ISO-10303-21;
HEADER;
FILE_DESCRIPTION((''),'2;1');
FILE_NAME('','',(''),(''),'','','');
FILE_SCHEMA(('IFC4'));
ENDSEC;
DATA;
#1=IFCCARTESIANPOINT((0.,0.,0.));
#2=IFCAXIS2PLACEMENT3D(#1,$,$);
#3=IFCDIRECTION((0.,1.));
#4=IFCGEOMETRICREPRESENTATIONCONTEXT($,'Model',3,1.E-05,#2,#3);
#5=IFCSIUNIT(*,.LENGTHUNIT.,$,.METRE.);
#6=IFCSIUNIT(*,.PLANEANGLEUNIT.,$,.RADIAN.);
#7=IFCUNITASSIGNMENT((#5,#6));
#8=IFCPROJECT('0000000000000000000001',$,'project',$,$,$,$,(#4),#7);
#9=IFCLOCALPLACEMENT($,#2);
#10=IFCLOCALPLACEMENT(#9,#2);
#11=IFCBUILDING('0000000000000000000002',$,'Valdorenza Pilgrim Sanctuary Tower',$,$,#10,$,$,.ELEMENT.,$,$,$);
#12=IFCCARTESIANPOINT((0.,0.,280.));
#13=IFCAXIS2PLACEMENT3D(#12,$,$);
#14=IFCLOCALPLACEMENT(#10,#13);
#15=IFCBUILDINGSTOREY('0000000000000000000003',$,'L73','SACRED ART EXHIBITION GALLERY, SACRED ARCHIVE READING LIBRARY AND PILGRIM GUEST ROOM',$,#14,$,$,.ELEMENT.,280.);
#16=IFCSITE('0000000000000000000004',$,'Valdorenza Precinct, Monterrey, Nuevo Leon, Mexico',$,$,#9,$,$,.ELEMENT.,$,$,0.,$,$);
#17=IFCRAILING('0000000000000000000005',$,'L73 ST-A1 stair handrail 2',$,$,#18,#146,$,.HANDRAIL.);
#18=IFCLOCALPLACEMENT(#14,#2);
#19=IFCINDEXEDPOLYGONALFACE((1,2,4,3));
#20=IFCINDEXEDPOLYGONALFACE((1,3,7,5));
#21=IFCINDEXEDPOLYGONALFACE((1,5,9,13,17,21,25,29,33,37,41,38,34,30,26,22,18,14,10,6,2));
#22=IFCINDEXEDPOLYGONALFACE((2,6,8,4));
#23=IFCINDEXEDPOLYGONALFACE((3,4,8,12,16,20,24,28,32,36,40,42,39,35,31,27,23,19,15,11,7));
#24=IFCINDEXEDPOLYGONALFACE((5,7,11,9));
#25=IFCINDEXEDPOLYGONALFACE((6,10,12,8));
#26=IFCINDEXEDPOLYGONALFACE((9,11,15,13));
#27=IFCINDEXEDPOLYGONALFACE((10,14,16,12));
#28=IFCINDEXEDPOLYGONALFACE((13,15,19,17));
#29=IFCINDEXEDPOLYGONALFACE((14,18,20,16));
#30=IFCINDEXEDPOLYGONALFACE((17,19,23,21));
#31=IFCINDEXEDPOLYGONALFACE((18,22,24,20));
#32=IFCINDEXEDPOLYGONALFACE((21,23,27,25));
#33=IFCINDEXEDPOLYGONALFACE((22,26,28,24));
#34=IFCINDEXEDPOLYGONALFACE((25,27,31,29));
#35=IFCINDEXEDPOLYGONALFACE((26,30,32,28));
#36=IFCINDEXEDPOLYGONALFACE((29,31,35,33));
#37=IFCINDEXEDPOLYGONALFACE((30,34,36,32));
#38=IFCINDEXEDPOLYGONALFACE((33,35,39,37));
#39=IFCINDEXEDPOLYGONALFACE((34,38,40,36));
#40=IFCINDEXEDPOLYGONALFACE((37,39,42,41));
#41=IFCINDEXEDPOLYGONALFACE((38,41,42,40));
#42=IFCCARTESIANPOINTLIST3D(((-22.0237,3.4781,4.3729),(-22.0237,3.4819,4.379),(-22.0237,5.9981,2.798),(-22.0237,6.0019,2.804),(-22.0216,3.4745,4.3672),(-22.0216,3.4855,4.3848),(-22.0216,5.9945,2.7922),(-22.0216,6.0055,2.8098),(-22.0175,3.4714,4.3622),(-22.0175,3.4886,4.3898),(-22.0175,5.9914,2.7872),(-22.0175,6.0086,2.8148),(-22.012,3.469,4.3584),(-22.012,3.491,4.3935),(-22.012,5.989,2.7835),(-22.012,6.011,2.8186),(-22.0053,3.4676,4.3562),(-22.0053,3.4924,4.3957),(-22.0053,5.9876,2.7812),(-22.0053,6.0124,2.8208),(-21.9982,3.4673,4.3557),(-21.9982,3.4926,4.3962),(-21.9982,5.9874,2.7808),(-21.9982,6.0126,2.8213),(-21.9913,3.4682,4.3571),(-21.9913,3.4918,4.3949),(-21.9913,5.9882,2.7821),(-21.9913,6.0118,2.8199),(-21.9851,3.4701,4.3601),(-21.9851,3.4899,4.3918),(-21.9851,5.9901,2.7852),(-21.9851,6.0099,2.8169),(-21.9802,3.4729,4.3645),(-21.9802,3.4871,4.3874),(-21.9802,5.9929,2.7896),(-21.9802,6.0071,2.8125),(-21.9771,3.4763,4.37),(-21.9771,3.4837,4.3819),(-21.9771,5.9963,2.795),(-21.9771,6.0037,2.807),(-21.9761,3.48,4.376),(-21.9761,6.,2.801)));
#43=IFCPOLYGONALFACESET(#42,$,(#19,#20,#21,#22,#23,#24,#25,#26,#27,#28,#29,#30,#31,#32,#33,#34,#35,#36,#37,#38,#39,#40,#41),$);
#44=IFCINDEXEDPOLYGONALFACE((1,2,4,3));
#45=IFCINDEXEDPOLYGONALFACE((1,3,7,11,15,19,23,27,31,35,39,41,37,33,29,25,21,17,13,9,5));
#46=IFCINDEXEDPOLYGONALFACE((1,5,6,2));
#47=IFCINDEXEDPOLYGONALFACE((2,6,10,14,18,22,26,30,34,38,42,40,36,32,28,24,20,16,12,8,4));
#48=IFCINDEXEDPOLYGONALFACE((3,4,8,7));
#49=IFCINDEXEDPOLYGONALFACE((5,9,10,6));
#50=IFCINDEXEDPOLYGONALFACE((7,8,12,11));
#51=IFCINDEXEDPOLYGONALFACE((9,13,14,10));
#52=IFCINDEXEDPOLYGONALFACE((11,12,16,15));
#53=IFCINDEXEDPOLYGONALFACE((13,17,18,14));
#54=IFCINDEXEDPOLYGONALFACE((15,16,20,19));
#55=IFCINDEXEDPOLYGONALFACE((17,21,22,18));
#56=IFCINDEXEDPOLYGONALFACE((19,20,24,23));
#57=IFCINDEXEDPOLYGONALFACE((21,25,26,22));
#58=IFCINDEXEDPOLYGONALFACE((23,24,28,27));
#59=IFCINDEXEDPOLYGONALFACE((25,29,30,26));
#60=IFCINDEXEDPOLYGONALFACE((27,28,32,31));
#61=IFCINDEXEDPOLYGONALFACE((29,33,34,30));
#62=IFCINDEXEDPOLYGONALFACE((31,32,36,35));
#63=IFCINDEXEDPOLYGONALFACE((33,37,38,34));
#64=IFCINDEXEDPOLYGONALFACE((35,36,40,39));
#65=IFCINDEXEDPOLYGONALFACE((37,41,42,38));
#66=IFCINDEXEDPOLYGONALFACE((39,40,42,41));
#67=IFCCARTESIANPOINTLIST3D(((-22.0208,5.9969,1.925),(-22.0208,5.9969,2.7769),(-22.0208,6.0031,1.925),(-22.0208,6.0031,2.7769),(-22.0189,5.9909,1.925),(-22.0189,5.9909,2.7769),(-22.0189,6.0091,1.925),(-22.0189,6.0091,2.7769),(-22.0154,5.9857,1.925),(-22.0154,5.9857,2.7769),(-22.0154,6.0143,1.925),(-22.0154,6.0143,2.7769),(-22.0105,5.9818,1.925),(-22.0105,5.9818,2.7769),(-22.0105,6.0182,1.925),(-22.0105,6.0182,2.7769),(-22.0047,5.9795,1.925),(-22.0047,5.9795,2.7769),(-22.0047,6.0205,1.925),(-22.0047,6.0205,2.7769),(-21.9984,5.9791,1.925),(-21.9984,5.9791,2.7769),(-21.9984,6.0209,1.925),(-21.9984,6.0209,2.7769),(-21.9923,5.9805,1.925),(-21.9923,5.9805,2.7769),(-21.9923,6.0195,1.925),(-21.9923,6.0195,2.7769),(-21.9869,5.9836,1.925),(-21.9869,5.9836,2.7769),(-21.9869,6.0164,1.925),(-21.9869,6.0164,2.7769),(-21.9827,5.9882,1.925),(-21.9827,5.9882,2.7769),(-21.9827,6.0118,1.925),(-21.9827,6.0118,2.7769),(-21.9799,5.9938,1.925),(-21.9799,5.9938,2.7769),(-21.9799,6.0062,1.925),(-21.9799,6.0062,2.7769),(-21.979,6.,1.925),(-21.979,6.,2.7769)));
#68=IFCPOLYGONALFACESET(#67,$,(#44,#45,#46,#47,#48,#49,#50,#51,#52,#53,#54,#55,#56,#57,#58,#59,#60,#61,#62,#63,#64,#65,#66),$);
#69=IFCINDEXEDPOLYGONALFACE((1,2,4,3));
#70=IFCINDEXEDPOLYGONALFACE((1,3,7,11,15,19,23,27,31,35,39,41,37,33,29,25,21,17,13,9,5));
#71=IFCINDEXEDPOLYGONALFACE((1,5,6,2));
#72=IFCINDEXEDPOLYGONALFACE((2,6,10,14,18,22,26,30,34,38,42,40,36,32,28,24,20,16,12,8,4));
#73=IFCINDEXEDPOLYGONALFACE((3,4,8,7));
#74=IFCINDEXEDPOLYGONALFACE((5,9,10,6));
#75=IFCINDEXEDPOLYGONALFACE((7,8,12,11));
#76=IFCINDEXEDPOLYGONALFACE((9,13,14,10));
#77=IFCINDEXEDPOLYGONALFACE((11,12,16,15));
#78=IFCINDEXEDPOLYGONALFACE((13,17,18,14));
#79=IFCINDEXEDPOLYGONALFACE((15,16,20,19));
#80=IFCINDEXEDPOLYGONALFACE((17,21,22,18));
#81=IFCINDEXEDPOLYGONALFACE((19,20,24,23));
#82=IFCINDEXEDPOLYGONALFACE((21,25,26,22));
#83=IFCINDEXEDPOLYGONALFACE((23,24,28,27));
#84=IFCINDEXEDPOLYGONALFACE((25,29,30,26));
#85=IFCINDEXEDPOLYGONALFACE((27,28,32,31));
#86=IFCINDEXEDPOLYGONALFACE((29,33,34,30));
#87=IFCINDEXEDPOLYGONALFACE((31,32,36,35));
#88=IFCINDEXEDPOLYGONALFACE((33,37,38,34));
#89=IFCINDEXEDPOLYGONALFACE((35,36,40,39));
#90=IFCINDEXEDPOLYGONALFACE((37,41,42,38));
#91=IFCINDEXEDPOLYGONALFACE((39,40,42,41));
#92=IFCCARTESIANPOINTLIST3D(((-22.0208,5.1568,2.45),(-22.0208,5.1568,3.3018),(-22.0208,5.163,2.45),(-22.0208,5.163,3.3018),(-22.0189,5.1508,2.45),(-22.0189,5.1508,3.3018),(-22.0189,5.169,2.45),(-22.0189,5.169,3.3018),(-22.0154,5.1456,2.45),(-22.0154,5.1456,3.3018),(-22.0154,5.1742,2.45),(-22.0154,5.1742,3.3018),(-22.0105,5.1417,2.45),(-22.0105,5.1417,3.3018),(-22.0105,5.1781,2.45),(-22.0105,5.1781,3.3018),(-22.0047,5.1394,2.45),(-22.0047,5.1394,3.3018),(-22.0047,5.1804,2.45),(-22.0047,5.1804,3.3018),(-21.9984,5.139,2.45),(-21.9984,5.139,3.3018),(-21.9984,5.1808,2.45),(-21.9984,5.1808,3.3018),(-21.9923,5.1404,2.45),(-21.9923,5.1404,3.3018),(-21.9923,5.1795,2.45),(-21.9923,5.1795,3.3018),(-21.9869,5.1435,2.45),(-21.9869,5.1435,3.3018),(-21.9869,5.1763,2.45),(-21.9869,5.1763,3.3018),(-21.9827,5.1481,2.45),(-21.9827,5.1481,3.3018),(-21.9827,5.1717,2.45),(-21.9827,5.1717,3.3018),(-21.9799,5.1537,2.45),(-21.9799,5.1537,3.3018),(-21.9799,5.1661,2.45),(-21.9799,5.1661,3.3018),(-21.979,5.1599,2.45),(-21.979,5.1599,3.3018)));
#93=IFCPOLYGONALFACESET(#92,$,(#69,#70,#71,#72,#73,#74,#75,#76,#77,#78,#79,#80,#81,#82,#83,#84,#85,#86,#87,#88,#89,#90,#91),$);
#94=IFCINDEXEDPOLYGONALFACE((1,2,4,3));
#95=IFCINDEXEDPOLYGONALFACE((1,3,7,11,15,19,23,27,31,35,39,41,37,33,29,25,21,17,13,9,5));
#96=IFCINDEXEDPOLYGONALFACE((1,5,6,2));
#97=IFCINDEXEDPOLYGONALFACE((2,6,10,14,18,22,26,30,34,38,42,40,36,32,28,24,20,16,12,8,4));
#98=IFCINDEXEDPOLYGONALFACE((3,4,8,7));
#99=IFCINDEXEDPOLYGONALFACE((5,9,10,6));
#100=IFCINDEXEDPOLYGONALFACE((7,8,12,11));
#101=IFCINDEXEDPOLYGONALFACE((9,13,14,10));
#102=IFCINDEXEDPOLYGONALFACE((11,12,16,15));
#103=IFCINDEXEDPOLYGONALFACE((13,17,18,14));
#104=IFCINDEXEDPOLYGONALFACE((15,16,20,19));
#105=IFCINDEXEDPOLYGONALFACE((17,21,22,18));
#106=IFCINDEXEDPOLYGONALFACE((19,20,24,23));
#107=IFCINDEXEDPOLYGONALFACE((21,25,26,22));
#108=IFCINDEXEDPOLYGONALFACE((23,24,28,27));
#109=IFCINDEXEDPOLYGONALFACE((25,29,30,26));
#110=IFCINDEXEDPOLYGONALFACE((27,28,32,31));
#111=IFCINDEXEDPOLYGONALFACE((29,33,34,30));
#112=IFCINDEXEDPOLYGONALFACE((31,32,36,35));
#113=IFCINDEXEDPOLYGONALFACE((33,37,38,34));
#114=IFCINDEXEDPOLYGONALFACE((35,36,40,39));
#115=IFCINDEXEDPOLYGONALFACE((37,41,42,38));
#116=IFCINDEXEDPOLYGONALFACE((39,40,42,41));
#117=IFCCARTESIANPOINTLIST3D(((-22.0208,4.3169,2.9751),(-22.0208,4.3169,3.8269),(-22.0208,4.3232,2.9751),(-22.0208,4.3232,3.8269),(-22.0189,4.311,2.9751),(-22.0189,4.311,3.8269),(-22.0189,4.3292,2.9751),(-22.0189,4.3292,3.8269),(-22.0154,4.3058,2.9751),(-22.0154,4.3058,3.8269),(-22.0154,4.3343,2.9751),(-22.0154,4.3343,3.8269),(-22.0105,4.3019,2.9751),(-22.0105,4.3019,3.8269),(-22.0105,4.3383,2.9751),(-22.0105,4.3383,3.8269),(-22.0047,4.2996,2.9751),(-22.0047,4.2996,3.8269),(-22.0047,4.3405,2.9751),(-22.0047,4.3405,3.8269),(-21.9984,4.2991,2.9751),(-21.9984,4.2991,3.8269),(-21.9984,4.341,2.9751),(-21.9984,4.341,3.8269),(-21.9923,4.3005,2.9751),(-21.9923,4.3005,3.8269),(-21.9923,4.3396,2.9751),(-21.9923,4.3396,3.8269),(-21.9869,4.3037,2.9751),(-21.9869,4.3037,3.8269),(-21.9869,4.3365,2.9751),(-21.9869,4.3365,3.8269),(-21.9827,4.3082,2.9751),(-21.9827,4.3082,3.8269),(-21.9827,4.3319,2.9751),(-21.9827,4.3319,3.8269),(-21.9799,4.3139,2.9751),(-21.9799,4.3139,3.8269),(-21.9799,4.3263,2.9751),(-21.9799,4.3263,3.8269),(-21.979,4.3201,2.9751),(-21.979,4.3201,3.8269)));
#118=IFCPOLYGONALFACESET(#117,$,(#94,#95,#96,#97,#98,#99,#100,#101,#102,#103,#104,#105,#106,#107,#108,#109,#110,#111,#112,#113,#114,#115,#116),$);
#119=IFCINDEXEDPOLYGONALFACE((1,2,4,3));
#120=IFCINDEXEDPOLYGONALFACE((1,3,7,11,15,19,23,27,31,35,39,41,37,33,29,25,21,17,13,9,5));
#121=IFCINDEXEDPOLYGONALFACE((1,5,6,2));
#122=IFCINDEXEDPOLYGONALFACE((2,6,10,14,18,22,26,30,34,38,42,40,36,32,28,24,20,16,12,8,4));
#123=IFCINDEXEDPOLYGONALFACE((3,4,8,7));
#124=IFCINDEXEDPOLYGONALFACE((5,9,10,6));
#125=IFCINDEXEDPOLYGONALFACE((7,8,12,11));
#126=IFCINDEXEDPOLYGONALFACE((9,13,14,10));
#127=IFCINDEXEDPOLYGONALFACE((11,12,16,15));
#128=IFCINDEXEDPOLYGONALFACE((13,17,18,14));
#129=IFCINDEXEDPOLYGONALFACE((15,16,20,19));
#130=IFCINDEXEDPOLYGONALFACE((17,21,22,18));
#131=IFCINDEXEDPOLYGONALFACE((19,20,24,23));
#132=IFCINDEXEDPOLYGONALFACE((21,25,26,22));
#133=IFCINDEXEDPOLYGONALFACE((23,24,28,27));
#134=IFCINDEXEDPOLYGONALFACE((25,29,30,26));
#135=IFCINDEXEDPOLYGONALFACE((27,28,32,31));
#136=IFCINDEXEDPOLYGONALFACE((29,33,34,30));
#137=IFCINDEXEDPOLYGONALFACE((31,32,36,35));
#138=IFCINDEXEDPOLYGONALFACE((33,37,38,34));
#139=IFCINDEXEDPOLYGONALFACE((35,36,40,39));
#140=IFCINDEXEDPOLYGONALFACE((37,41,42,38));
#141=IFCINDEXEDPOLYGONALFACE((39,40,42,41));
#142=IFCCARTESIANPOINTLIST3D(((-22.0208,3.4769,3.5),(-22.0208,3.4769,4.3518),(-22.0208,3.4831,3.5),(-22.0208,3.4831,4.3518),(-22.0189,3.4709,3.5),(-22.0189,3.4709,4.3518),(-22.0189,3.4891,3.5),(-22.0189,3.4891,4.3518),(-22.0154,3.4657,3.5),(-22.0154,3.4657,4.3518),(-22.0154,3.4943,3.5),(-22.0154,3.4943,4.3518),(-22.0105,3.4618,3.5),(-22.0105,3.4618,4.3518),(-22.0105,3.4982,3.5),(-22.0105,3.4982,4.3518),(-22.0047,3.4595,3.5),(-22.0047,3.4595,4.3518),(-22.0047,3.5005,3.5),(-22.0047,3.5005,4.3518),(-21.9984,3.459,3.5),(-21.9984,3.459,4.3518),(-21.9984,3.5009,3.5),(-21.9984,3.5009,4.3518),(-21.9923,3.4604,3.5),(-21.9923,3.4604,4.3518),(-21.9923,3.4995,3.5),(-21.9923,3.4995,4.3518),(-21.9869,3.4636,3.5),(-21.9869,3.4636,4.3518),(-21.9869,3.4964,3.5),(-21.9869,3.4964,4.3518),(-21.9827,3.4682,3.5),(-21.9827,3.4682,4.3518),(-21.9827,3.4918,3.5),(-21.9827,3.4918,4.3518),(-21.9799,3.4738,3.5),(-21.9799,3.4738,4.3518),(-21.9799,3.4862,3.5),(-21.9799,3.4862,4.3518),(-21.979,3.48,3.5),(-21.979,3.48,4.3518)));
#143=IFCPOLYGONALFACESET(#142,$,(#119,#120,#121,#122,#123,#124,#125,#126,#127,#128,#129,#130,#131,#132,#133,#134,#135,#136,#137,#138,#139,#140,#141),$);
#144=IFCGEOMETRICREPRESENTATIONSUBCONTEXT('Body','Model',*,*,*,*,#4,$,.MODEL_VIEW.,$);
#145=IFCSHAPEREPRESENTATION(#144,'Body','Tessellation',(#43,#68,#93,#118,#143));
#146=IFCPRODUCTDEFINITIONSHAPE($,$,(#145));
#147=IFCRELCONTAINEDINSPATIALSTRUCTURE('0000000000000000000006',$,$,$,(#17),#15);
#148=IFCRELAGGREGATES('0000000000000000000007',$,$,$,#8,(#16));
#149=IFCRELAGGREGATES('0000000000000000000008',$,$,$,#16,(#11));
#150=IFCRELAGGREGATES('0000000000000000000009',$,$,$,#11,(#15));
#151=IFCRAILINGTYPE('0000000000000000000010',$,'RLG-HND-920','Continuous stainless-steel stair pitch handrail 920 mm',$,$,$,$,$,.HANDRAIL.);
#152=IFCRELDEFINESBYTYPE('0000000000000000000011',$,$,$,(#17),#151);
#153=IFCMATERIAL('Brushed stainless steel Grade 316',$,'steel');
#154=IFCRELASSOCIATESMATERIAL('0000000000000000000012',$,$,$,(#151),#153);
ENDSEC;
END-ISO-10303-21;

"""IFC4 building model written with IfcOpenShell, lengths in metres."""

from ifc_helpers import new_model, si_unit, direction, frame, origin, origin_2d, place, context, subcontext, project, spatial, circle, extrude, material, type_object, element, save


model = new_model("IFC4")

# Units and contexts
model_context = context("Model", 3, precision=1e-05, world=origin(), true_north=direction((0.0, 1.0)))
body_context = subcontext(model_context, "Body", "Model", "MODEL_VIEW")
ifc_project = project(units=[si_unit("LENGTHUNIT", "METRE"), si_unit("PLANEANGLEUNIT", "RADIAN")], contexts=[model_context])

# Site, building, storey
site_placement = place(None, origin())
site = spatial("IfcSite", under=ifc_project, at=site_placement, Name="Valdorenza Precinct, Monterrey, Nuevo Leon, Mexico", CompositionType="ELEMENT", RefElevation=0.0)
building_placement = place(site_placement, origin())
building = spatial("IfcBuilding", under=site, at=building_placement, Name="Valdorenza Pilgrim Sanctuary Tower", CompositionType="ELEMENT")
storey_placement = place(building_placement, frame((0.0, 0.0, 280.0)))
storey = spatial("IfcBuildingStorey", under=building, at=storey_placement, Name="L73", Description="SACRED ART EXHIBITION GALLERY, SACRED ARCHIVE READING LIBRARY AND PILGRIM GUEST ROOM", CompositionType="ELEMENT", Elevation=280.0)

# Shared definitions
ifc_material_1 = material(Name="Brushed stainless steel Grade 316", Category="steel")

# Railing
railing_type_1 = type_object("IfcRailingType", Name="RLG-HND-920", Description="Continuous stainless-steel stair pitch handrail 920 mm", PredefinedType="HANDRAIL", material=ifc_material_1)
railing_1_placement = place(storey_placement, frame((-22.0, 6.0, 1.925)))
element("IfcRailing", 1, at=railing_1_placement, inside=storey, type_object=railing_type_1, Name="L73 ST-A1 stair handrail 2", PredefinedType="HANDRAIL", context=body_context, shape_type="SweptSolid", body=[
    extrude(circle(Radius=0.0239, at=origin_2d()), frame((0.0, 0.0, 0.876), z_axis=(0.0, -0.848008, 0.529984), x_axis=(1.0, 0.0, 0.0)), (0.0, 0.0, 1.0), 2.9717),
    extrude(circle(Radius=0.021, at=origin_2d()), origin(), (0.0, 0.0, 1.0), 0.8518),
    extrude(circle(Radius=0.021, at=origin_2d()), frame((0.0, -0.8401, 0.5249)), (0.0, 0.0, 1.0), 0.8518),
    extrude(circle(Radius=0.021, at=origin_2d()), frame((0.0, -1.6799, 1.05)), (0.0, 0.0, 1.0), 0.8518),
    extrude(circle(Radius=0.021, at=origin_2d()), frame((0.0, -2.52, 1.575)), (0.0, 0.0, 1.0), 0.8518),
])

save(model, "model.ifc")
